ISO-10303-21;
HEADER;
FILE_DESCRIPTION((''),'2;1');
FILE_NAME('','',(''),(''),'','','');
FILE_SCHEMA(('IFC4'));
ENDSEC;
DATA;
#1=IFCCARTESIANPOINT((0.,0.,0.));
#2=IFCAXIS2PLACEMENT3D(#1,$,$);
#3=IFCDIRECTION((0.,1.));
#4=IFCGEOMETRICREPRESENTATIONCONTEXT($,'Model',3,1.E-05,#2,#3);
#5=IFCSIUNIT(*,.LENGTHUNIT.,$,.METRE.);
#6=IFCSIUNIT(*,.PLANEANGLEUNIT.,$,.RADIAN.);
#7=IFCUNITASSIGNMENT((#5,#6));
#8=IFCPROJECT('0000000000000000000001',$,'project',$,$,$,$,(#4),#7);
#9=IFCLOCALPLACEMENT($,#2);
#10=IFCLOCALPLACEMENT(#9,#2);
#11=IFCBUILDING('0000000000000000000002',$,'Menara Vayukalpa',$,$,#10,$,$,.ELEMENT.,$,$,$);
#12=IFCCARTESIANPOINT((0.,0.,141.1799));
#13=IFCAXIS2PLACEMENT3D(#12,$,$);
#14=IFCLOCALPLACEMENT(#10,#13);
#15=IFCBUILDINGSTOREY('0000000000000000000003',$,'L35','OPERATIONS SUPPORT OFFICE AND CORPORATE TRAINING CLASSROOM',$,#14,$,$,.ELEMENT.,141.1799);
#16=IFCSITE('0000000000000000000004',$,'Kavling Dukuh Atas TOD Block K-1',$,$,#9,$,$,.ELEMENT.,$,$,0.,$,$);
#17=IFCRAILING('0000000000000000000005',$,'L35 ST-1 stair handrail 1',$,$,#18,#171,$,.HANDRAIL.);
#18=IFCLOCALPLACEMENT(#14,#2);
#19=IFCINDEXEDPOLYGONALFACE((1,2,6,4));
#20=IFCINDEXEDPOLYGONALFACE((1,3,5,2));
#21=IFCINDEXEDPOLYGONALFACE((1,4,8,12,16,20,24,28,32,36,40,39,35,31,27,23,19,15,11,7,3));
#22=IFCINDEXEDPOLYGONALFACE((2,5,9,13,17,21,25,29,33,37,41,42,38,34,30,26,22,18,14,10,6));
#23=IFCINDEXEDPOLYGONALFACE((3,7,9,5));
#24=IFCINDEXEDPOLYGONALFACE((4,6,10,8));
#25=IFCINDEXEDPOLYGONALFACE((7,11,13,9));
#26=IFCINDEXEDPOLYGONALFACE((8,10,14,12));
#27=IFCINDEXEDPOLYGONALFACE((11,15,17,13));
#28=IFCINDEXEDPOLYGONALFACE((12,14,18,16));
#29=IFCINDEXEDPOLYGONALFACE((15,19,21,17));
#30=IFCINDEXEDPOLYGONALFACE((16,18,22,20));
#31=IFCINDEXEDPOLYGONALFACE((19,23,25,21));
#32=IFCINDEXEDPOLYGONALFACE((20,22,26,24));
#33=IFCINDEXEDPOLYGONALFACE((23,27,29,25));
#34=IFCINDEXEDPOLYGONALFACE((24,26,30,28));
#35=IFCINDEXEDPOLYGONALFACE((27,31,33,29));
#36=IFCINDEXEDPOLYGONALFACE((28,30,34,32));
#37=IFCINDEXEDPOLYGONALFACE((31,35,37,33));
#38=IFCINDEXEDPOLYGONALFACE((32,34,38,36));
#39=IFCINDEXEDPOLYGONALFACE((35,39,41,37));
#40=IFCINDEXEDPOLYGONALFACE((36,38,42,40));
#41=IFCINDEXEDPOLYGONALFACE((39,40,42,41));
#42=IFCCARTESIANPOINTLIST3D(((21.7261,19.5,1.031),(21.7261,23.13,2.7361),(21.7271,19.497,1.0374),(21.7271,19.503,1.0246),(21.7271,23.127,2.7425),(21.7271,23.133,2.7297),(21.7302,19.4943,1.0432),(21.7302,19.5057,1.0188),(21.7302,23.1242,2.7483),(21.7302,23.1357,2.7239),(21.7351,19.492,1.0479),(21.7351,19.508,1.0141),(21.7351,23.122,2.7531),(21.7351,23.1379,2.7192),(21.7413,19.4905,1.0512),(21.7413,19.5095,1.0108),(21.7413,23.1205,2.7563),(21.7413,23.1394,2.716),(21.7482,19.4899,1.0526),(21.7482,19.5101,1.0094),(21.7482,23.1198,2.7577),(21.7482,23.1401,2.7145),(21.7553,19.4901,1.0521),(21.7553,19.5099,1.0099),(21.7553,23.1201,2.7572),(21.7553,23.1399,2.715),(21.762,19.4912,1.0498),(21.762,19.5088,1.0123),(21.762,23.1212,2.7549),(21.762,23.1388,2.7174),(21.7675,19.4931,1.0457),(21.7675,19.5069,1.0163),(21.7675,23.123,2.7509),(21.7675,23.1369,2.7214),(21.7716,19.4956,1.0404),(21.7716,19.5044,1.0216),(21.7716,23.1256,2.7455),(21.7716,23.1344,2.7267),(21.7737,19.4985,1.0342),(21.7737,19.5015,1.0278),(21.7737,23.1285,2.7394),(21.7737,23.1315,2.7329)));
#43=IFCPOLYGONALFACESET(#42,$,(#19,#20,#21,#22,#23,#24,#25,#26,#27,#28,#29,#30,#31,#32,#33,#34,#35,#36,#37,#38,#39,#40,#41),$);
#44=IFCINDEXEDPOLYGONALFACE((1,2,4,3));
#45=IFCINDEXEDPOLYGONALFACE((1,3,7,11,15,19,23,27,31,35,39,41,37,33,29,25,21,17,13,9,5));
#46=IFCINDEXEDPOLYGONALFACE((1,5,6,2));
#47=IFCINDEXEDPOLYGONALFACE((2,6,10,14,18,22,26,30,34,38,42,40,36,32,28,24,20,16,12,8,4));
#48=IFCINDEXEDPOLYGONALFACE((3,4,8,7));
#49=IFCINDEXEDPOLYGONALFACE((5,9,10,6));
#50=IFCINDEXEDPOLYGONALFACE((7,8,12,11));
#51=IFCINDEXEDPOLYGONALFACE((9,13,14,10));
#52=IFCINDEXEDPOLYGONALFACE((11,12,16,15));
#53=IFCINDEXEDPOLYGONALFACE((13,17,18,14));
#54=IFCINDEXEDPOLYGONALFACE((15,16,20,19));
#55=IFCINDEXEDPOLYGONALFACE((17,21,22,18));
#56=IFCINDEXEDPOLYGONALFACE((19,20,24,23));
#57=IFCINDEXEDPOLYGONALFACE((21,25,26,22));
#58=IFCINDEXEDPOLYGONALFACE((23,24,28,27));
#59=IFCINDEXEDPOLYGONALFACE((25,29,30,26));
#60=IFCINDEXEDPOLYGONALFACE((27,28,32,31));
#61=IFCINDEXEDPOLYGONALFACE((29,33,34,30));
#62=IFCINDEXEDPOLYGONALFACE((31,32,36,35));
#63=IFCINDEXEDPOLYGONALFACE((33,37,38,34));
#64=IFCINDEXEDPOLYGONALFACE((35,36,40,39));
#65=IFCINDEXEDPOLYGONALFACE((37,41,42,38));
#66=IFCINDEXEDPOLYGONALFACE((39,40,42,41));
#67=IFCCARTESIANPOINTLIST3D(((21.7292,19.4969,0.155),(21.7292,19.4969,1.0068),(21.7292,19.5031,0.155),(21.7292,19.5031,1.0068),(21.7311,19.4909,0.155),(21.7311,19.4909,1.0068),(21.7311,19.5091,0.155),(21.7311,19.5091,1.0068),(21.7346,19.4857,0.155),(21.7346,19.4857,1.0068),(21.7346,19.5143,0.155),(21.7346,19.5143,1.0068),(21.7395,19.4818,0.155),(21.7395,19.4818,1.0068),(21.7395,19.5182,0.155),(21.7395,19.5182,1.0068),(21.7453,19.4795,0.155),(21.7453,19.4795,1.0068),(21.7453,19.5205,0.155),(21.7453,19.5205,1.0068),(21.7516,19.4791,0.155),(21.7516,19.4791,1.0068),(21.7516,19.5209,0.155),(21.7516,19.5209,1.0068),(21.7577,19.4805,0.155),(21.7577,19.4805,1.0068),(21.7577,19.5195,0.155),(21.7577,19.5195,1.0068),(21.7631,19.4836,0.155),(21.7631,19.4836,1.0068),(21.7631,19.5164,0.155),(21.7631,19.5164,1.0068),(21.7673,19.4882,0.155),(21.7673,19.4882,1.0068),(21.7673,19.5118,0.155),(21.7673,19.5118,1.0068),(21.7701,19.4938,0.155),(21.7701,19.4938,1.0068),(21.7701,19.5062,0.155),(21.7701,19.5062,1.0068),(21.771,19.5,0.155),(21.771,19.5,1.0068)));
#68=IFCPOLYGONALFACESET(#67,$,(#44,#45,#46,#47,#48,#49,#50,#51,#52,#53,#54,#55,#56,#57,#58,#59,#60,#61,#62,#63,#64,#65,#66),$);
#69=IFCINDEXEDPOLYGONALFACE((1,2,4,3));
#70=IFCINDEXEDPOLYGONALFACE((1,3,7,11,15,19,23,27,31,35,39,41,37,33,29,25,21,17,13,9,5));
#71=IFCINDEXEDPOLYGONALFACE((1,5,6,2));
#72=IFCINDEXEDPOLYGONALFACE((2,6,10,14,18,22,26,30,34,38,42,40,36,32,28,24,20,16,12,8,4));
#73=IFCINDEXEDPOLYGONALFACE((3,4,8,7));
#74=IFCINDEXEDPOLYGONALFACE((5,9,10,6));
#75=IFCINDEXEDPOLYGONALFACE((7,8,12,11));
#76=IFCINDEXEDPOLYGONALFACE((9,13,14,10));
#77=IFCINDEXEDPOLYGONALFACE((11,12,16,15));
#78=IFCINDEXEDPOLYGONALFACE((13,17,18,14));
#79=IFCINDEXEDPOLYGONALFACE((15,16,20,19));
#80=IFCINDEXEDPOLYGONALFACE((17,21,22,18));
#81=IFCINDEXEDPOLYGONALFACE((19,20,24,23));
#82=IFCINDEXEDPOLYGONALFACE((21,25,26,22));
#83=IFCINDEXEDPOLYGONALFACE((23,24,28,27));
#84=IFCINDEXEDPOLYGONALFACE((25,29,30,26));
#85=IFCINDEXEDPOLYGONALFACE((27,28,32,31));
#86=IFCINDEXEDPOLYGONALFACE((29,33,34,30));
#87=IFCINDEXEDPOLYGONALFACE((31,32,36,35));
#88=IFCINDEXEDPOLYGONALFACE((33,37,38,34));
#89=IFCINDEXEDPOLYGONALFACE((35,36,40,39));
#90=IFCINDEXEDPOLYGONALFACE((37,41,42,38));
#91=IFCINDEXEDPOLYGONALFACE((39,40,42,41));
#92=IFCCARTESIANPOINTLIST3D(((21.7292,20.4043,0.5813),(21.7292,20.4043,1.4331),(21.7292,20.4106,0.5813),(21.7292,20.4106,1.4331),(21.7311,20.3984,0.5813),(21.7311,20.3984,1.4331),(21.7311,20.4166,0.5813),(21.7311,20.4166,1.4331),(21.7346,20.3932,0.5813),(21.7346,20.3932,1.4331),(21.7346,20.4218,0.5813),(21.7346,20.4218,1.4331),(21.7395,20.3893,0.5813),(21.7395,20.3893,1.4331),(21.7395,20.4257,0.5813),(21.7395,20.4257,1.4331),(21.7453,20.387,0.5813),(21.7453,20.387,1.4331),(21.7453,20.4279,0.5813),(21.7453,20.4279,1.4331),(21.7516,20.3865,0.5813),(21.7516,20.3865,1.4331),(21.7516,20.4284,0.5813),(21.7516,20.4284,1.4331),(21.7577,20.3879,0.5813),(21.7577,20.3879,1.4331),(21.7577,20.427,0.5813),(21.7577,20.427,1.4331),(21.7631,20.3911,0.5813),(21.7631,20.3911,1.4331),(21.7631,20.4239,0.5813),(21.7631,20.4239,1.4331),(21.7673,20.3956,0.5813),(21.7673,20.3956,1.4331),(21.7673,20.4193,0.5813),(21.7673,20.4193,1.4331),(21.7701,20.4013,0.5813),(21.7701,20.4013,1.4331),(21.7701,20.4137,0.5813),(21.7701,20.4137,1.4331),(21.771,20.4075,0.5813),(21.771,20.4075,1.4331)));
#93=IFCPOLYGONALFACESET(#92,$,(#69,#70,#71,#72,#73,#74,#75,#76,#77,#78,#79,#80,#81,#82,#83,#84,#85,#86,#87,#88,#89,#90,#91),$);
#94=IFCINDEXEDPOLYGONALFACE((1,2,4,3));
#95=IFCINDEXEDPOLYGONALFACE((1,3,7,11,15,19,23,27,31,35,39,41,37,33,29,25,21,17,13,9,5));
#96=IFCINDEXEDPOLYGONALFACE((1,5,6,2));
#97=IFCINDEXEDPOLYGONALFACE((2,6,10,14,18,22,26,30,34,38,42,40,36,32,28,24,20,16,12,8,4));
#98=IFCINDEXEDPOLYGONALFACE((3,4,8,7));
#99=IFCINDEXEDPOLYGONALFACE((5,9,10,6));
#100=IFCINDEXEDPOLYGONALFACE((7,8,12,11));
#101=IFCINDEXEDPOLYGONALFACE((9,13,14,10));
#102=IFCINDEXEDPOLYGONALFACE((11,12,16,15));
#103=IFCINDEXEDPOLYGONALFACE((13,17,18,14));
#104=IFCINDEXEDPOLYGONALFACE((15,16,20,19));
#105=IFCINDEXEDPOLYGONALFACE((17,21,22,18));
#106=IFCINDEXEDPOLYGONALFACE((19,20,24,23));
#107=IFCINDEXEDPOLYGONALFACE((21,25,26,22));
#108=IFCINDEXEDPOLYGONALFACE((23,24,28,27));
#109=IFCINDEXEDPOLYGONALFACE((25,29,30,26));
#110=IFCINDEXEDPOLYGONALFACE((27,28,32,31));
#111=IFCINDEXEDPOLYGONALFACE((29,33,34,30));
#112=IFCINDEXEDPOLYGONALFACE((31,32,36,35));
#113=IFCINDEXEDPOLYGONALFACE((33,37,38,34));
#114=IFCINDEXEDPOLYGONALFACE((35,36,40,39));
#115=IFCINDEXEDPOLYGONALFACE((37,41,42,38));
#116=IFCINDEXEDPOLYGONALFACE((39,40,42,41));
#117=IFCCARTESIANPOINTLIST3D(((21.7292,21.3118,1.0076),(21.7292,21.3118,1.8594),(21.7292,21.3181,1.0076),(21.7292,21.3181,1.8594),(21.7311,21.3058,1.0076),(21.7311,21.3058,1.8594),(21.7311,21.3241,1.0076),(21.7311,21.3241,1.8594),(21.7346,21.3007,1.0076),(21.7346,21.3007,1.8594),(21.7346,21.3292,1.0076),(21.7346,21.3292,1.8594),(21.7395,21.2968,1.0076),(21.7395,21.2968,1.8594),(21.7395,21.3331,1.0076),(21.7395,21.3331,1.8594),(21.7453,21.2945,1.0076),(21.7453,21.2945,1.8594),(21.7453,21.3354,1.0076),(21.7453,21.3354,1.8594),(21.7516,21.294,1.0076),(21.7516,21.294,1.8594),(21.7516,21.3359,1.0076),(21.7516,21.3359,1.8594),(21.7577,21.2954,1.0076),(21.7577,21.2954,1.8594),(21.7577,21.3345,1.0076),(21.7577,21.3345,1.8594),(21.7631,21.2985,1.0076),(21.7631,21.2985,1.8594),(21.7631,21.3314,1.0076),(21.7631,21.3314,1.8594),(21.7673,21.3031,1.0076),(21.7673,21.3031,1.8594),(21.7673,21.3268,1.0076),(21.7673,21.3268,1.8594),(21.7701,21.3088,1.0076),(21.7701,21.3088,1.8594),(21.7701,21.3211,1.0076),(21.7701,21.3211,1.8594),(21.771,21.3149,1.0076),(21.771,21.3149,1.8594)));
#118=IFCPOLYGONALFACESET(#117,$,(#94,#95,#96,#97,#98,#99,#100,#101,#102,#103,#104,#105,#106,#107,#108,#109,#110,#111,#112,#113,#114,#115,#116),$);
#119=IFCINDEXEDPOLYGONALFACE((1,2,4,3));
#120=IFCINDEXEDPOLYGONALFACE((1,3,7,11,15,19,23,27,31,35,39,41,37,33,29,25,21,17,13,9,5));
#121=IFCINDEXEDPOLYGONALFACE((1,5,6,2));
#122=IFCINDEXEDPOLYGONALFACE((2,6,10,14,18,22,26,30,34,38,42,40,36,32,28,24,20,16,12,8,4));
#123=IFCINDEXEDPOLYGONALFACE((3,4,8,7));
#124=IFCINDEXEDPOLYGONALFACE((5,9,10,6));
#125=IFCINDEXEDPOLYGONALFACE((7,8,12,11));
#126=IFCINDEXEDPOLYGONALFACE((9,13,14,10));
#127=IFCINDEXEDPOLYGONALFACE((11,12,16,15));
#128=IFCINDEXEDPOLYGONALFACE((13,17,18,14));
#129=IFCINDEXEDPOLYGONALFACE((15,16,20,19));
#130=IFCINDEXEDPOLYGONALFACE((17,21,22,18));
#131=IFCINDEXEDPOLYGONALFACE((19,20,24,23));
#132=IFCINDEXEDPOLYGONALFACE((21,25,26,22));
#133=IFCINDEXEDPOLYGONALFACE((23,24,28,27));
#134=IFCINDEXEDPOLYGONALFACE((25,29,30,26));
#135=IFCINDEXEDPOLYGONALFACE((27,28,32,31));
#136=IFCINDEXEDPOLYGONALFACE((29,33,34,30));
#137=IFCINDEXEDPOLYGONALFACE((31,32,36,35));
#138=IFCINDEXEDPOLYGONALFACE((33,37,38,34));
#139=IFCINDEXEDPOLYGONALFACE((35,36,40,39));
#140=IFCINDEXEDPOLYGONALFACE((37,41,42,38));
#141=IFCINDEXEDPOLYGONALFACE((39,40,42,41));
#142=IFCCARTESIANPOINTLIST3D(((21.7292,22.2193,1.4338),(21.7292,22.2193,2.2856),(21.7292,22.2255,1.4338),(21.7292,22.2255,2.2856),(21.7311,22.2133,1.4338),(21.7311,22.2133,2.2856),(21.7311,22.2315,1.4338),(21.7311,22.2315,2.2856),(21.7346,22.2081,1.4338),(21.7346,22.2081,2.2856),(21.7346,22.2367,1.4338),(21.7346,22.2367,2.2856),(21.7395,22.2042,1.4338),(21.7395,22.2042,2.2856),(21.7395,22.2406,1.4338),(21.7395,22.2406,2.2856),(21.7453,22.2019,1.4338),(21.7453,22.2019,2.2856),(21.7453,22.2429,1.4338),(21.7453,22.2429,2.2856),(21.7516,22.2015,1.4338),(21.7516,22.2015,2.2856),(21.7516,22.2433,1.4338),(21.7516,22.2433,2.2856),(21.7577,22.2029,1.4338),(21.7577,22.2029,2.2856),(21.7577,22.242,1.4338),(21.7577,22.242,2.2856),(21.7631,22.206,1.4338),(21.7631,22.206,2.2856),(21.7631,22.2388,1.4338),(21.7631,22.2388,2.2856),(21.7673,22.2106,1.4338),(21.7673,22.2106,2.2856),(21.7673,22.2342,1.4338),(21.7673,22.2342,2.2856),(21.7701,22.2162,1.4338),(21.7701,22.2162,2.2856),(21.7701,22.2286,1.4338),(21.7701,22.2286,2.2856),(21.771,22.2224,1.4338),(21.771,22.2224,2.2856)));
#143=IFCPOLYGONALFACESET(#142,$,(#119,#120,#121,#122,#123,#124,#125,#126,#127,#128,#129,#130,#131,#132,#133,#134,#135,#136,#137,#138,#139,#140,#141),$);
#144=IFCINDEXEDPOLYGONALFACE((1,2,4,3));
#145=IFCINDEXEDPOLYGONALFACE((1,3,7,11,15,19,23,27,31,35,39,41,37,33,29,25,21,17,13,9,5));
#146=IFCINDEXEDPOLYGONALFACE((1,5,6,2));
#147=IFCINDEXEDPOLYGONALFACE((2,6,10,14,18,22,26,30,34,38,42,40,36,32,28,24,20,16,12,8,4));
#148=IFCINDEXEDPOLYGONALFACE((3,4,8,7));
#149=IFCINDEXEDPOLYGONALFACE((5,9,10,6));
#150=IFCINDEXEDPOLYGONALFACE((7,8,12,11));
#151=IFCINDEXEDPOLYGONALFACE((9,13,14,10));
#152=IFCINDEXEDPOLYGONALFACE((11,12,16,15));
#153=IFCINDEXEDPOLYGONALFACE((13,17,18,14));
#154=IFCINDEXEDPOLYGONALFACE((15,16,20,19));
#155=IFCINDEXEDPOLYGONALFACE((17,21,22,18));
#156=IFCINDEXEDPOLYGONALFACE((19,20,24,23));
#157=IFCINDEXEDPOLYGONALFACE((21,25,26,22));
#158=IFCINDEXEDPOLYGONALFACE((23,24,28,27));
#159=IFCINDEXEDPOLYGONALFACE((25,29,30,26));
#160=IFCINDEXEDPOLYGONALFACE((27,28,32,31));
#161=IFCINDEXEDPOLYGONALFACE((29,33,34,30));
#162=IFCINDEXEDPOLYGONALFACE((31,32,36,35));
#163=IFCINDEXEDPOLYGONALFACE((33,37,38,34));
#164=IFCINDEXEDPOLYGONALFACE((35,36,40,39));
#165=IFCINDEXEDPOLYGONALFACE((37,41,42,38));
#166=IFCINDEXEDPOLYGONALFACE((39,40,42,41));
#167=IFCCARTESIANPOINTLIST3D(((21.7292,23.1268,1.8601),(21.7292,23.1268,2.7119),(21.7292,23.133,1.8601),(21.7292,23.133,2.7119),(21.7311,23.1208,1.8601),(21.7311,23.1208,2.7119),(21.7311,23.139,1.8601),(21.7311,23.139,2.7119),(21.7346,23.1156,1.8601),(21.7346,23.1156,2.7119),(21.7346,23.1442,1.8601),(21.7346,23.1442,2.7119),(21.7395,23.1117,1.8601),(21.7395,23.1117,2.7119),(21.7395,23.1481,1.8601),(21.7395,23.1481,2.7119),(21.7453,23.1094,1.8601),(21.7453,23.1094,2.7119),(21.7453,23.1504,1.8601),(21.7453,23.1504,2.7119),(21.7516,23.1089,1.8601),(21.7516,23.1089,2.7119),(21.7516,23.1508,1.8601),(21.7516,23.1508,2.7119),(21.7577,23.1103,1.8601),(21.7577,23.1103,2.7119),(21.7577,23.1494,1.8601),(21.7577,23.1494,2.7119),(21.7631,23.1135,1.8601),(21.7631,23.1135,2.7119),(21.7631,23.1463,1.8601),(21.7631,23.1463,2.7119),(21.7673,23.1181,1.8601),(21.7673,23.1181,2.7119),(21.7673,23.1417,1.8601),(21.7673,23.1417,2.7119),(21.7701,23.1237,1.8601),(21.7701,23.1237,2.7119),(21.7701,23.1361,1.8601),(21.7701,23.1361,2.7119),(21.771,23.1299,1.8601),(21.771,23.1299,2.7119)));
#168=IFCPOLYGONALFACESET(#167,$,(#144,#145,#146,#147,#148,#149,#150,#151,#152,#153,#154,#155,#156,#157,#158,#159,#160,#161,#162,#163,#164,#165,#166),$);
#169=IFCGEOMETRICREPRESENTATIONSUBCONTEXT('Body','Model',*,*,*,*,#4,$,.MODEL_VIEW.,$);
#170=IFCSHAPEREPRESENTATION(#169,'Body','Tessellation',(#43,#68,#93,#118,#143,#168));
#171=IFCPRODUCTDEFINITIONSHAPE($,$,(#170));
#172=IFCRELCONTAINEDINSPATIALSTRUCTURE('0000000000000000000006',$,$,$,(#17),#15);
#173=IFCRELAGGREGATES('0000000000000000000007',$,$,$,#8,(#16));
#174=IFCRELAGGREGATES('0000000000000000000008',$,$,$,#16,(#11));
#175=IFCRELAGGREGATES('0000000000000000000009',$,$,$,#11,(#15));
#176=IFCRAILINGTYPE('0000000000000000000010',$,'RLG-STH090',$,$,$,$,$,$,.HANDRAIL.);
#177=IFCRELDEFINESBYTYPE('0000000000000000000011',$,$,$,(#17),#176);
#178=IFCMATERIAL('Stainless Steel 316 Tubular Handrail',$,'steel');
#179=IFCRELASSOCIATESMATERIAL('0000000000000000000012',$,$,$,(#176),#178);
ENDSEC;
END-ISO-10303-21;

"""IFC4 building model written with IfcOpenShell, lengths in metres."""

from ifc_helpers import new_model, si_unit, direction, frame, origin, origin_2d, place, context, subcontext, project, spatial, circle, extrude, material, type_object, element, save


model = new_model("IFC4")

# Units and contexts
model_context = context("Model", 3, precision=1e-05, world=origin(), true_north=direction((0.0, 1.0)))
body_context = subcontext(model_context, "Body", "Model", "MODEL_VIEW")
ifc_project = project(units=[si_unit("LENGTHUNIT", "METRE"), si_unit("PLANEANGLEUNIT", "RADIAN")], contexts=[model_context])

# Site, building, storey
site_placement = place(None, origin())
site = spatial("IfcSite", under=ifc_project, at=site_placement, Name="Kavling Dukuh Atas TOD Block K-1", CompositionType="ELEMENT", RefElevation=0.0)
building_placement = place(site_placement, origin())
building = spatial("IfcBuilding", under=site, at=building_placement, Name="Menara Vayukalpa", CompositionType="ELEMENT")
storey_placement = place(building_placement, frame((0.0, 0.0, 141.1799)))
storey = spatial("IfcBuildingStorey", under=building, at=storey_placement, Name="L35", Description="OPERATIONS SUPPORT OFFICE AND CORPORATE TRAINING CLASSROOM", CompositionType="ELEMENT", Elevation=141.1799)

# Railing
ifc_material_1 = material(Name="Stainless Steel 316 Tubular Handrail", Category="steel")
railing_type_1 = type_object("IfcRailingType", Name="RLG-STH090", PredefinedType="HANDRAIL", material=ifc_material_1)
railing_1_placement = place(storey_placement, frame((21.75, 19.5, 0.155)))
element("IfcRailing", 1, at=railing_1_placement, inside=storey, type_object=railing_type_1, Name="L35 ST-1 stair handrail 1", PredefinedType="HANDRAIL", context=body_context, shape_type="SweptSolid", body=[
    extrude(circle(Radius=0.0239, at=origin_2d()), frame((0.0, 0.0, 0.876), z_axis=(0.0, 0.905116, 0.425164), x_axis=(-1.0, 0.0, 0.0)), (0.0, 0.0, 1.0), 4.0105),
    extrude(circle(Radius=0.021, at=origin_2d()), origin(), (0.0, 0.0, 1.0), 0.8518),
    extrude(circle(Radius=0.021, at=origin_2d()), frame((0.0, 0.9075, 0.4263)), (0.0, 0.0, 1.0), 0.8518),
    extrude(circle(Radius=0.021, at=origin_2d()), frame((0.0, 1.8149, 0.8525)), (0.0, 0.0, 1.0), 0.8518),
    extrude(circle(Radius=0.021, at=origin_2d()), frame((0.0, 2.7224, 1.2788)), (0.0, 0.0, 1.0), 0.8518),
    extrude(circle(Radius=0.021, at=origin_2d()), frame((0.0, 3.6299, 1.7051)), (0.0, 0.0, 1.0), 0.8518),
])

save(model, "model.ifc")
